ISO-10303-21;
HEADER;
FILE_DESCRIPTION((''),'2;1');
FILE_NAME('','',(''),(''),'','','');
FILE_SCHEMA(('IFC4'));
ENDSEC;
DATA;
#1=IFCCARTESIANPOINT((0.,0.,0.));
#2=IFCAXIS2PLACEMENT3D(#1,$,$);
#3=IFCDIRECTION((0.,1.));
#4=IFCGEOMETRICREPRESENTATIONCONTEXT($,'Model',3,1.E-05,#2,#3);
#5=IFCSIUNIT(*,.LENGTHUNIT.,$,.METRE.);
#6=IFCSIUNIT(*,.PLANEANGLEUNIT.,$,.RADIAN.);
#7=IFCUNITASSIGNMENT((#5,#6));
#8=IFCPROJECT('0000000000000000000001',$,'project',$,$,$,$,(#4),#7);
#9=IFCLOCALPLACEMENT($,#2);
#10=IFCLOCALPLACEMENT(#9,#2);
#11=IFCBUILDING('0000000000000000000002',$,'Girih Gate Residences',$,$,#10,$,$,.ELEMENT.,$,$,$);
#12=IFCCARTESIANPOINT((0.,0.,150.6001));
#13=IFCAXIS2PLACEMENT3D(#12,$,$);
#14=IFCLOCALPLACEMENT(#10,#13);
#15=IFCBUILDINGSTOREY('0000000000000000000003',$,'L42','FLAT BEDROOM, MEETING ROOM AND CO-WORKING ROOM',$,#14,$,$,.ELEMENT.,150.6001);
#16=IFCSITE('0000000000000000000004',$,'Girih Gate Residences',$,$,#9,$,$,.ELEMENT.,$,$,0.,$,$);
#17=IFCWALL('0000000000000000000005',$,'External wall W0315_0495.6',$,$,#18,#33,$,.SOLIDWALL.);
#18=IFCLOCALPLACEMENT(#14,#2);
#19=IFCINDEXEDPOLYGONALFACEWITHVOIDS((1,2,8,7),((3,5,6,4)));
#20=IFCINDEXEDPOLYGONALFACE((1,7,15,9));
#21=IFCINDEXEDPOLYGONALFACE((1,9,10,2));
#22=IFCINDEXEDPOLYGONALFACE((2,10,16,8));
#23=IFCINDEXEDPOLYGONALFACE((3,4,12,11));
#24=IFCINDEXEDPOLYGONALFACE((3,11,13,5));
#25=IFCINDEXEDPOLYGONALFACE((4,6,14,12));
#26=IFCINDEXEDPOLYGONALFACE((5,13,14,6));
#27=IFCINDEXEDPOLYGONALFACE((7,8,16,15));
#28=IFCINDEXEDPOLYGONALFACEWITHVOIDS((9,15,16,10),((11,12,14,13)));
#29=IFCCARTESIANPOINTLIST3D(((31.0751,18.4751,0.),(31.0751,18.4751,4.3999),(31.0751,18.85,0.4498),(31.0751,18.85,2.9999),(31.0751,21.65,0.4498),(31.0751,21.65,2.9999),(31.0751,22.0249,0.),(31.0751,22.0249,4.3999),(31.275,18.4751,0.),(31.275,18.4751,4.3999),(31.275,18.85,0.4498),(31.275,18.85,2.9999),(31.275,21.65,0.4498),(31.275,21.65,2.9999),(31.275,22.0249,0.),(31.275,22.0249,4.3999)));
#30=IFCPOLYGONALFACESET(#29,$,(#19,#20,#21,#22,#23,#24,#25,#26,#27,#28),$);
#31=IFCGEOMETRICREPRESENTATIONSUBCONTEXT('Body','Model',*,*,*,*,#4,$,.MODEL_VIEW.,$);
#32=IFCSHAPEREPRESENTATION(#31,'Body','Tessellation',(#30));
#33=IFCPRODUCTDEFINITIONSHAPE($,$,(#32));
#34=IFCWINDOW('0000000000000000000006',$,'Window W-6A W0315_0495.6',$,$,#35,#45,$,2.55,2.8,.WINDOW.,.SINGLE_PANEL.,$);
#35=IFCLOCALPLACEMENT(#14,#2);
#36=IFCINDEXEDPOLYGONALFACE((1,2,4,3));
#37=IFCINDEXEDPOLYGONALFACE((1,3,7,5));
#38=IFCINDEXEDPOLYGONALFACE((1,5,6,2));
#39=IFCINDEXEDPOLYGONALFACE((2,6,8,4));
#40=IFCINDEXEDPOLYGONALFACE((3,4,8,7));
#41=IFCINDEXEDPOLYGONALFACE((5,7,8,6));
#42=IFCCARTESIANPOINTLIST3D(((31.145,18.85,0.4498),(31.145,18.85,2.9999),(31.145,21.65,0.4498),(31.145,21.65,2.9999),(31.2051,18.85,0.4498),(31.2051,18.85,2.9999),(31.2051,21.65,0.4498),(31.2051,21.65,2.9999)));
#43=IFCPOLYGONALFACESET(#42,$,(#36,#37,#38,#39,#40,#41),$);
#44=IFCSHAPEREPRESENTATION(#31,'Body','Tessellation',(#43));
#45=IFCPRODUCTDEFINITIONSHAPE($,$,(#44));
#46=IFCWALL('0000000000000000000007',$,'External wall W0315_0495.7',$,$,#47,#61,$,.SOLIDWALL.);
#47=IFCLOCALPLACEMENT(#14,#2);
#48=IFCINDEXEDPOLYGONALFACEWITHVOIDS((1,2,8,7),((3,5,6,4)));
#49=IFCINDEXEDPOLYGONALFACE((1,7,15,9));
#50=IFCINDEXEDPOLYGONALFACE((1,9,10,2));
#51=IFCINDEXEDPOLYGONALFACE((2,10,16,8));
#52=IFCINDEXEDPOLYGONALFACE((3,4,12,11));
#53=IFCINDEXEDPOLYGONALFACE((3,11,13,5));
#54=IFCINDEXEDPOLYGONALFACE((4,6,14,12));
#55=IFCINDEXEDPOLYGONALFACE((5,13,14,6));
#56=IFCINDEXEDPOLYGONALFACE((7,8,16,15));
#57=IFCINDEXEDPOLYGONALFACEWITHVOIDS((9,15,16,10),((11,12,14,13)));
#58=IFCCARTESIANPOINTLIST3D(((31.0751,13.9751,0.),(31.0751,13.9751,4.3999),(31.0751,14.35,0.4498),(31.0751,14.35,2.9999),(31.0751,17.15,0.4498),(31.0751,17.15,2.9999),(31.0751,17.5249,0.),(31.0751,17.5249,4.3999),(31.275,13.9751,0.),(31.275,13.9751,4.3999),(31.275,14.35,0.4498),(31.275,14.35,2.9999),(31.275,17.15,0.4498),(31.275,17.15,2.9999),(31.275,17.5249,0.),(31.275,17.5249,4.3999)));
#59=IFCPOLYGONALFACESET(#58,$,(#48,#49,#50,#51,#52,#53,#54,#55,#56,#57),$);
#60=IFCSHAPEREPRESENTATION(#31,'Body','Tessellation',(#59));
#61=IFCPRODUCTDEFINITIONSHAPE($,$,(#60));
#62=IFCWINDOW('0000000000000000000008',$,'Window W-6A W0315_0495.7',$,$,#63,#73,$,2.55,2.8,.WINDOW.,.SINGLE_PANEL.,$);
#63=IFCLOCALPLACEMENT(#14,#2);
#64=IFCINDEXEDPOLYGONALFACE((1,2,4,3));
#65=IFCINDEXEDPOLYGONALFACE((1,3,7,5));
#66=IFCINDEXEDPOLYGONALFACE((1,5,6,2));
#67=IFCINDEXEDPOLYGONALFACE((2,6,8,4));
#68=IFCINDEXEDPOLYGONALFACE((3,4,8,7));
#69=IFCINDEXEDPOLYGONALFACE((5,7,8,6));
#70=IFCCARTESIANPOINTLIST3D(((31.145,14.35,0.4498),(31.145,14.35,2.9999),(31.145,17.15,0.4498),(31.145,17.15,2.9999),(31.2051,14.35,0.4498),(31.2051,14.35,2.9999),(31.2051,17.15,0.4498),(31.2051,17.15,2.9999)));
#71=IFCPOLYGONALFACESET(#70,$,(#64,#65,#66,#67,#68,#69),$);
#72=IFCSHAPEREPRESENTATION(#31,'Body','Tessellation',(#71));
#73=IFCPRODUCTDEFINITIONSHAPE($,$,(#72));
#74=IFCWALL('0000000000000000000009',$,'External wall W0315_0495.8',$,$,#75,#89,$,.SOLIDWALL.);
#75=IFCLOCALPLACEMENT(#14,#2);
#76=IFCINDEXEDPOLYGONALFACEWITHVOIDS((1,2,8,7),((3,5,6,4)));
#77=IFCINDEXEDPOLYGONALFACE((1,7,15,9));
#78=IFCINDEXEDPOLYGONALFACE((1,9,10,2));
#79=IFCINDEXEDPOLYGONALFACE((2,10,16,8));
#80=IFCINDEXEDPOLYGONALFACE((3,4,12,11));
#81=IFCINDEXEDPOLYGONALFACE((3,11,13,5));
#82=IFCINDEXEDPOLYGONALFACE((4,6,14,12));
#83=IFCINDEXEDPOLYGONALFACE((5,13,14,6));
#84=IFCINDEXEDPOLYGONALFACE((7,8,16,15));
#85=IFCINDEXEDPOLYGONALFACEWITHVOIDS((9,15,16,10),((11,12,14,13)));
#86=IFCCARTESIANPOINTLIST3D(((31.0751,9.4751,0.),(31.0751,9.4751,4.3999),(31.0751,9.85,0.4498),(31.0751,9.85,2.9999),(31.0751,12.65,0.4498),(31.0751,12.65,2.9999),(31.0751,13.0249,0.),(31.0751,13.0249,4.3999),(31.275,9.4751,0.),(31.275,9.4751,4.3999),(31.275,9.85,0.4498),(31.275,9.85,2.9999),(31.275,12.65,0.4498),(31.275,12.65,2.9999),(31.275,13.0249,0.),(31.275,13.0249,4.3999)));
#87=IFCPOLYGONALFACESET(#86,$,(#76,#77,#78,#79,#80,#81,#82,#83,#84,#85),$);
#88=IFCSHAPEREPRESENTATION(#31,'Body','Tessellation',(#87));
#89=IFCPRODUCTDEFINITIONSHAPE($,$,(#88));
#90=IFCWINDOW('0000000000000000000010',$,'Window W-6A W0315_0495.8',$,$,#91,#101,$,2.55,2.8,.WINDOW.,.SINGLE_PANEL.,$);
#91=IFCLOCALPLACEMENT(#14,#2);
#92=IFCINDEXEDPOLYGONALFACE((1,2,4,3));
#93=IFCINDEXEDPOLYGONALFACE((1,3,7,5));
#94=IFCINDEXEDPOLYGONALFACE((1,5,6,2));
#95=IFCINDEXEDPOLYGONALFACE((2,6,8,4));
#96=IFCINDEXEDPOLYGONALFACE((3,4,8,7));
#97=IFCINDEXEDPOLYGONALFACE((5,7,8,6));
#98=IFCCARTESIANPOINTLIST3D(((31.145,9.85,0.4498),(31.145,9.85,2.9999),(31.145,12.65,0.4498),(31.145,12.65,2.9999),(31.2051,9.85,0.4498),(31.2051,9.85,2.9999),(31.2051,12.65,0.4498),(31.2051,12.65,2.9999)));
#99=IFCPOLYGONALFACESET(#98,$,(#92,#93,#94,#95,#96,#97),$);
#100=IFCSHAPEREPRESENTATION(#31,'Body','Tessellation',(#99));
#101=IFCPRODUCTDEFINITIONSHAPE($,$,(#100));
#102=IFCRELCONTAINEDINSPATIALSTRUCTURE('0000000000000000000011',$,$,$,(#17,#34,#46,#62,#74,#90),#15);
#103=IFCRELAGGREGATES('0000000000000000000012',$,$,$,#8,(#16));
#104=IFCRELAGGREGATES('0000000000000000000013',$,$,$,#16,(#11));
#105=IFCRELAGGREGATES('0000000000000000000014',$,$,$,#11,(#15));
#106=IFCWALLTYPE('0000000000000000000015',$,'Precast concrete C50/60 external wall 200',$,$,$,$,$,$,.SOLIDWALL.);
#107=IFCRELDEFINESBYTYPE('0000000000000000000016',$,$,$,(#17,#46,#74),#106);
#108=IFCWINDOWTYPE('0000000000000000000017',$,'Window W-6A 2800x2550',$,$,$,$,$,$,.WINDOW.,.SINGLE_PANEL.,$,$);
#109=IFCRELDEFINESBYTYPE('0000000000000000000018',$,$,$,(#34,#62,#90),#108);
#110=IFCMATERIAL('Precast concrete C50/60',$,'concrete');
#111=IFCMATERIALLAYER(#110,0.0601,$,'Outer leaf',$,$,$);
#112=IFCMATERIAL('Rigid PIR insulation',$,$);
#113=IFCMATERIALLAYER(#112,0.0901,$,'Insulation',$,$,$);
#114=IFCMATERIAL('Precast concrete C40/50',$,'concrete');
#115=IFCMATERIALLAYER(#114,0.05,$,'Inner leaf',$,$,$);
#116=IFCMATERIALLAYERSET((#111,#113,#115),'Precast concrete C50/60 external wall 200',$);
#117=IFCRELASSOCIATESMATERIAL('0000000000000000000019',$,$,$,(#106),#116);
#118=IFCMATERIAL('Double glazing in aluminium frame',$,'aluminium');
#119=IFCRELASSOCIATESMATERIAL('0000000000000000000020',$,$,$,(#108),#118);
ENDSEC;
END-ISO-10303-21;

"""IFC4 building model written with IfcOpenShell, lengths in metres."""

from ifc_helpers import new_model, si_unit, direction, frame, frame_2d, origin, place, context, subcontext, project, spatial, rectangle, extrude, material, layer, layer_set, type_object, element, fill, save


model = new_model("IFC4")

# Units and contexts
model_context = context("Model", 3, precision=1e-05, world=origin(), true_north=direction((0.0, 1.0)))
body_context = subcontext(model_context, "Body", "Model", "MODEL_VIEW")
ifc_project = project(units=[si_unit("LENGTHUNIT", "METRE"), si_unit("PLANEANGLEUNIT", "RADIAN")], contexts=[model_context])

# Site, building, storey
site_placement = place(None, origin())
site = spatial("IfcSite", under=ifc_project, at=site_placement, Name="Girih Gate Residences", CompositionType="ELEMENT", RefElevation=0.0)
building_placement = place(site_placement, origin())
building = spatial("IfcBuilding", under=site, at=building_placement, Name="Girih Gate Residences", CompositionType="ELEMENT")
storey_placement = place(building_placement, frame((0.0, 0.0, 150.6001)))
storey = spatial("IfcBuildingStorey", under=building, at=storey_placement, Name="L42", Description="FLAT BEDROOM, MEETING ROOM AND CO-WORKING ROOM", CompositionType="ELEMENT", Elevation=150.6001)

# Walls, openings, windows
ifc_material_1 = material(Name="Precast concrete C50/60", Category="concrete")
ifc_layer_1 = layer(ifc_material_1, 0.0601, Name="Outer leaf")
ifc_material_2 = material(Name="Rigid PIR insulation")
ifc_layer_2 = layer(ifc_material_2, 0.0901, Name="Insulation")
ifc_material_3 = material(Name="Precast concrete C40/50", Category="concrete")
ifc_layer_3 = layer(ifc_material_3, 0.05, Name="Inner leaf")
ifc_layer_set_1 = layer_set([ifc_layer_1, ifc_layer_2, ifc_layer_3], Name="Precast concrete C50/60 external wall 200")
wall_type_1 = type_object("IfcWallType", Name="Precast concrete C50/60 external wall 200", PredefinedType="SOLIDWALL", material=ifc_layer_set_1)
ifc_material_4 = material(Name="Double glazing in aluminium frame", Category="aluminium")
window_type = type_object("IfcWindowType", Name="Window W-6A 2800x2550", PartitioningType="SINGLE_PANEL", PredefinedType="WINDOW", material=ifc_material_4)
wall_1_placement = place(storey_placement, frame((31.175, 18.4751, 0.0), z_axis=(0.0, 0.0, 1.0), x_axis=(0.0, 1.0, 0.0)))
wall_1 = element("IfcWall", 1, at=wall_1_placement, inside=storey, type_object=wall_type_1, Name="External wall W0315_0495.6", PredefinedType="SOLIDWALL", context=body_context, shape_type="SweptSolid", body=[
    extrude(rectangle(XDim=3.5498, YDim=0.2, at=frame_2d((1.7749, 0.0))), origin(), (0.0, 0.0, 1.0), 4.3999),
])
opening_1_placement = place(wall_1_placement, frame((0.375, 0.0, 0.45)))
opening_1 = element("IfcOpeningElement", 2, at=opening_1_placement, cuts=wall_1, PredefinedType="OPENING", context=body_context, shape_type="SweptSolid", body=[
    extrude(rectangle(XDim=2.8, YDim=2.55, at=frame_2d((1.3999, 1.2749))), frame((0.0, 0.1099, 0.0), z_axis=(0.0, -1.0, 0.0), x_axis=(1.0, 0.0, 0.0)), (0.0, 0.0, 1.0), 0.22),
])
window_1_placement = place(opening_1_placement, origin())
window_1 = element("IfcWindow", 3, at=window_1_placement, inside=storey, type_object=window_type, Name="Window W-6A W0315_0495.6", OverallHeight=2.55, OverallWidth=2.8, PartitioningType="SINGLE_PANEL", PredefinedType="WINDOW", context=body_context, shape_type="SweptSolid", body=[
    extrude(rectangle(XDim=2.8, YDim=2.55, at=frame_2d((1.3999, 1.2749))), frame((0.0, 0.03, 0.0), z_axis=(0.0, -1.0, 0.0), x_axis=(1.0, 0.0, 0.0)), (0.0, 0.0, 1.0), 0.0601),
])
fill(opening_1, window_1)
wall_2_placement = place(storey_placement, frame((31.175, 13.9751, 0.0), z_axis=(0.0, 0.0, 1.0), x_axis=(0.0, 1.0, 0.0)))
wall_2 = element("IfcWall", 4, at=wall_2_placement, inside=storey, type_object=wall_type_1, Name="External wall W0315_0495.7", PredefinedType="SOLIDWALL", context=body_context, shape_type="SweptSolid", body=[
    extrude(rectangle(XDim=3.5498, YDim=0.2, at=frame_2d((1.7749, 0.0))), origin(), (0.0, 0.0, 1.0), 4.3999),
])
opening_2_placement = place(wall_2_placement, frame((0.375, 0.0, 0.45)))
opening_2 = element("IfcOpeningElement", 5, at=opening_2_placement, cuts=wall_2, PredefinedType="OPENING", context=body_context, shape_type="SweptSolid", body=[
    extrude(rectangle(XDim=2.8, YDim=2.55, at=frame_2d((1.3999, 1.2749))), frame((0.0, 0.1099, 0.0), z_axis=(0.0, -1.0, 0.0), x_axis=(1.0, 0.0, 0.0)), (0.0, 0.0, 1.0), 0.22),
])
window_2_placement = place(opening_2_placement, origin())
window_2 = element("IfcWindow", 6, at=window_2_placement, inside=storey, type_object=window_type, Name="Window W-6A W0315_0495.7", OverallHeight=2.55, OverallWidth=2.8, PartitioningType="SINGLE_PANEL", PredefinedType="WINDOW", context=body_context, shape_type="SweptSolid", body=[
    extrude(rectangle(XDim=2.8, YDim=2.55, at=frame_2d((1.3999, 1.2749))), frame((0.0, 0.03, 0.0), z_axis=(0.0, -1.0, 0.0), x_axis=(1.0, 0.0, 0.0)), (0.0, 0.0, 1.0), 0.0601),
])
fill(opening_2, window_2)
wall_3_placement = place(storey_placement, frame((31.175, 9.4751, 0.0), z_axis=(0.0, 0.0, 1.0), x_axis=(0.0, 1.0, 0.0)))
wall_3 = element("IfcWall", 7, at=wall_3_placement, inside=storey, type_object=wall_type_1, Name="External wall W0315_0495.8", PredefinedType="SOLIDWALL", context=body_context, shape_type="SweptSolid", body=[
    extrude(rectangle(XDim=3.5498, YDim=0.2, at=frame_2d((1.7749, 0.0))), origin(), (0.0, 0.0, 1.0), 4.3999),
])
opening_3_placement = place(wall_3_placement, frame((0.375, 0.0, 0.45)))
opening_3 = element("IfcOpeningElement", 8, at=opening_3_placement, cuts=wall_3, PredefinedType="OPENING", context=body_context, shape_type="SweptSolid", body=[
    extrude(rectangle(XDim=2.8, YDim=2.55, at=frame_2d((1.3999, 1.2749))), frame((0.0, 0.1099, 0.0), z_axis=(0.0, -1.0, 0.0), x_axis=(1.0, 0.0, 0.0)), (0.0, 0.0, 1.0), 0.22),
])
window_3_placement = place(opening_3_placement, origin())
window_3 = element("IfcWindow", 9, at=window_3_placement, inside=storey, type_object=window_type, Name="Window W-6A W0315_0495.8", OverallHeight=2.55, OverallWidth=2.8, PartitioningType="SINGLE_PANEL", PredefinedType="WINDOW", context=body_context, shape_type="SweptSolid", body=[
    extrude(rectangle(XDim=2.8, YDim=2.55, at=frame_2d((1.3999, 1.2749))), frame((0.0, 0.03, 0.0), z_axis=(0.0, -1.0, 0.0), x_axis=(1.0, 0.0, 0.0)), (0.0, 0.0, 1.0), 0.0601),
])
fill(opening_3, window_3)

save(model, "model.ifc")
